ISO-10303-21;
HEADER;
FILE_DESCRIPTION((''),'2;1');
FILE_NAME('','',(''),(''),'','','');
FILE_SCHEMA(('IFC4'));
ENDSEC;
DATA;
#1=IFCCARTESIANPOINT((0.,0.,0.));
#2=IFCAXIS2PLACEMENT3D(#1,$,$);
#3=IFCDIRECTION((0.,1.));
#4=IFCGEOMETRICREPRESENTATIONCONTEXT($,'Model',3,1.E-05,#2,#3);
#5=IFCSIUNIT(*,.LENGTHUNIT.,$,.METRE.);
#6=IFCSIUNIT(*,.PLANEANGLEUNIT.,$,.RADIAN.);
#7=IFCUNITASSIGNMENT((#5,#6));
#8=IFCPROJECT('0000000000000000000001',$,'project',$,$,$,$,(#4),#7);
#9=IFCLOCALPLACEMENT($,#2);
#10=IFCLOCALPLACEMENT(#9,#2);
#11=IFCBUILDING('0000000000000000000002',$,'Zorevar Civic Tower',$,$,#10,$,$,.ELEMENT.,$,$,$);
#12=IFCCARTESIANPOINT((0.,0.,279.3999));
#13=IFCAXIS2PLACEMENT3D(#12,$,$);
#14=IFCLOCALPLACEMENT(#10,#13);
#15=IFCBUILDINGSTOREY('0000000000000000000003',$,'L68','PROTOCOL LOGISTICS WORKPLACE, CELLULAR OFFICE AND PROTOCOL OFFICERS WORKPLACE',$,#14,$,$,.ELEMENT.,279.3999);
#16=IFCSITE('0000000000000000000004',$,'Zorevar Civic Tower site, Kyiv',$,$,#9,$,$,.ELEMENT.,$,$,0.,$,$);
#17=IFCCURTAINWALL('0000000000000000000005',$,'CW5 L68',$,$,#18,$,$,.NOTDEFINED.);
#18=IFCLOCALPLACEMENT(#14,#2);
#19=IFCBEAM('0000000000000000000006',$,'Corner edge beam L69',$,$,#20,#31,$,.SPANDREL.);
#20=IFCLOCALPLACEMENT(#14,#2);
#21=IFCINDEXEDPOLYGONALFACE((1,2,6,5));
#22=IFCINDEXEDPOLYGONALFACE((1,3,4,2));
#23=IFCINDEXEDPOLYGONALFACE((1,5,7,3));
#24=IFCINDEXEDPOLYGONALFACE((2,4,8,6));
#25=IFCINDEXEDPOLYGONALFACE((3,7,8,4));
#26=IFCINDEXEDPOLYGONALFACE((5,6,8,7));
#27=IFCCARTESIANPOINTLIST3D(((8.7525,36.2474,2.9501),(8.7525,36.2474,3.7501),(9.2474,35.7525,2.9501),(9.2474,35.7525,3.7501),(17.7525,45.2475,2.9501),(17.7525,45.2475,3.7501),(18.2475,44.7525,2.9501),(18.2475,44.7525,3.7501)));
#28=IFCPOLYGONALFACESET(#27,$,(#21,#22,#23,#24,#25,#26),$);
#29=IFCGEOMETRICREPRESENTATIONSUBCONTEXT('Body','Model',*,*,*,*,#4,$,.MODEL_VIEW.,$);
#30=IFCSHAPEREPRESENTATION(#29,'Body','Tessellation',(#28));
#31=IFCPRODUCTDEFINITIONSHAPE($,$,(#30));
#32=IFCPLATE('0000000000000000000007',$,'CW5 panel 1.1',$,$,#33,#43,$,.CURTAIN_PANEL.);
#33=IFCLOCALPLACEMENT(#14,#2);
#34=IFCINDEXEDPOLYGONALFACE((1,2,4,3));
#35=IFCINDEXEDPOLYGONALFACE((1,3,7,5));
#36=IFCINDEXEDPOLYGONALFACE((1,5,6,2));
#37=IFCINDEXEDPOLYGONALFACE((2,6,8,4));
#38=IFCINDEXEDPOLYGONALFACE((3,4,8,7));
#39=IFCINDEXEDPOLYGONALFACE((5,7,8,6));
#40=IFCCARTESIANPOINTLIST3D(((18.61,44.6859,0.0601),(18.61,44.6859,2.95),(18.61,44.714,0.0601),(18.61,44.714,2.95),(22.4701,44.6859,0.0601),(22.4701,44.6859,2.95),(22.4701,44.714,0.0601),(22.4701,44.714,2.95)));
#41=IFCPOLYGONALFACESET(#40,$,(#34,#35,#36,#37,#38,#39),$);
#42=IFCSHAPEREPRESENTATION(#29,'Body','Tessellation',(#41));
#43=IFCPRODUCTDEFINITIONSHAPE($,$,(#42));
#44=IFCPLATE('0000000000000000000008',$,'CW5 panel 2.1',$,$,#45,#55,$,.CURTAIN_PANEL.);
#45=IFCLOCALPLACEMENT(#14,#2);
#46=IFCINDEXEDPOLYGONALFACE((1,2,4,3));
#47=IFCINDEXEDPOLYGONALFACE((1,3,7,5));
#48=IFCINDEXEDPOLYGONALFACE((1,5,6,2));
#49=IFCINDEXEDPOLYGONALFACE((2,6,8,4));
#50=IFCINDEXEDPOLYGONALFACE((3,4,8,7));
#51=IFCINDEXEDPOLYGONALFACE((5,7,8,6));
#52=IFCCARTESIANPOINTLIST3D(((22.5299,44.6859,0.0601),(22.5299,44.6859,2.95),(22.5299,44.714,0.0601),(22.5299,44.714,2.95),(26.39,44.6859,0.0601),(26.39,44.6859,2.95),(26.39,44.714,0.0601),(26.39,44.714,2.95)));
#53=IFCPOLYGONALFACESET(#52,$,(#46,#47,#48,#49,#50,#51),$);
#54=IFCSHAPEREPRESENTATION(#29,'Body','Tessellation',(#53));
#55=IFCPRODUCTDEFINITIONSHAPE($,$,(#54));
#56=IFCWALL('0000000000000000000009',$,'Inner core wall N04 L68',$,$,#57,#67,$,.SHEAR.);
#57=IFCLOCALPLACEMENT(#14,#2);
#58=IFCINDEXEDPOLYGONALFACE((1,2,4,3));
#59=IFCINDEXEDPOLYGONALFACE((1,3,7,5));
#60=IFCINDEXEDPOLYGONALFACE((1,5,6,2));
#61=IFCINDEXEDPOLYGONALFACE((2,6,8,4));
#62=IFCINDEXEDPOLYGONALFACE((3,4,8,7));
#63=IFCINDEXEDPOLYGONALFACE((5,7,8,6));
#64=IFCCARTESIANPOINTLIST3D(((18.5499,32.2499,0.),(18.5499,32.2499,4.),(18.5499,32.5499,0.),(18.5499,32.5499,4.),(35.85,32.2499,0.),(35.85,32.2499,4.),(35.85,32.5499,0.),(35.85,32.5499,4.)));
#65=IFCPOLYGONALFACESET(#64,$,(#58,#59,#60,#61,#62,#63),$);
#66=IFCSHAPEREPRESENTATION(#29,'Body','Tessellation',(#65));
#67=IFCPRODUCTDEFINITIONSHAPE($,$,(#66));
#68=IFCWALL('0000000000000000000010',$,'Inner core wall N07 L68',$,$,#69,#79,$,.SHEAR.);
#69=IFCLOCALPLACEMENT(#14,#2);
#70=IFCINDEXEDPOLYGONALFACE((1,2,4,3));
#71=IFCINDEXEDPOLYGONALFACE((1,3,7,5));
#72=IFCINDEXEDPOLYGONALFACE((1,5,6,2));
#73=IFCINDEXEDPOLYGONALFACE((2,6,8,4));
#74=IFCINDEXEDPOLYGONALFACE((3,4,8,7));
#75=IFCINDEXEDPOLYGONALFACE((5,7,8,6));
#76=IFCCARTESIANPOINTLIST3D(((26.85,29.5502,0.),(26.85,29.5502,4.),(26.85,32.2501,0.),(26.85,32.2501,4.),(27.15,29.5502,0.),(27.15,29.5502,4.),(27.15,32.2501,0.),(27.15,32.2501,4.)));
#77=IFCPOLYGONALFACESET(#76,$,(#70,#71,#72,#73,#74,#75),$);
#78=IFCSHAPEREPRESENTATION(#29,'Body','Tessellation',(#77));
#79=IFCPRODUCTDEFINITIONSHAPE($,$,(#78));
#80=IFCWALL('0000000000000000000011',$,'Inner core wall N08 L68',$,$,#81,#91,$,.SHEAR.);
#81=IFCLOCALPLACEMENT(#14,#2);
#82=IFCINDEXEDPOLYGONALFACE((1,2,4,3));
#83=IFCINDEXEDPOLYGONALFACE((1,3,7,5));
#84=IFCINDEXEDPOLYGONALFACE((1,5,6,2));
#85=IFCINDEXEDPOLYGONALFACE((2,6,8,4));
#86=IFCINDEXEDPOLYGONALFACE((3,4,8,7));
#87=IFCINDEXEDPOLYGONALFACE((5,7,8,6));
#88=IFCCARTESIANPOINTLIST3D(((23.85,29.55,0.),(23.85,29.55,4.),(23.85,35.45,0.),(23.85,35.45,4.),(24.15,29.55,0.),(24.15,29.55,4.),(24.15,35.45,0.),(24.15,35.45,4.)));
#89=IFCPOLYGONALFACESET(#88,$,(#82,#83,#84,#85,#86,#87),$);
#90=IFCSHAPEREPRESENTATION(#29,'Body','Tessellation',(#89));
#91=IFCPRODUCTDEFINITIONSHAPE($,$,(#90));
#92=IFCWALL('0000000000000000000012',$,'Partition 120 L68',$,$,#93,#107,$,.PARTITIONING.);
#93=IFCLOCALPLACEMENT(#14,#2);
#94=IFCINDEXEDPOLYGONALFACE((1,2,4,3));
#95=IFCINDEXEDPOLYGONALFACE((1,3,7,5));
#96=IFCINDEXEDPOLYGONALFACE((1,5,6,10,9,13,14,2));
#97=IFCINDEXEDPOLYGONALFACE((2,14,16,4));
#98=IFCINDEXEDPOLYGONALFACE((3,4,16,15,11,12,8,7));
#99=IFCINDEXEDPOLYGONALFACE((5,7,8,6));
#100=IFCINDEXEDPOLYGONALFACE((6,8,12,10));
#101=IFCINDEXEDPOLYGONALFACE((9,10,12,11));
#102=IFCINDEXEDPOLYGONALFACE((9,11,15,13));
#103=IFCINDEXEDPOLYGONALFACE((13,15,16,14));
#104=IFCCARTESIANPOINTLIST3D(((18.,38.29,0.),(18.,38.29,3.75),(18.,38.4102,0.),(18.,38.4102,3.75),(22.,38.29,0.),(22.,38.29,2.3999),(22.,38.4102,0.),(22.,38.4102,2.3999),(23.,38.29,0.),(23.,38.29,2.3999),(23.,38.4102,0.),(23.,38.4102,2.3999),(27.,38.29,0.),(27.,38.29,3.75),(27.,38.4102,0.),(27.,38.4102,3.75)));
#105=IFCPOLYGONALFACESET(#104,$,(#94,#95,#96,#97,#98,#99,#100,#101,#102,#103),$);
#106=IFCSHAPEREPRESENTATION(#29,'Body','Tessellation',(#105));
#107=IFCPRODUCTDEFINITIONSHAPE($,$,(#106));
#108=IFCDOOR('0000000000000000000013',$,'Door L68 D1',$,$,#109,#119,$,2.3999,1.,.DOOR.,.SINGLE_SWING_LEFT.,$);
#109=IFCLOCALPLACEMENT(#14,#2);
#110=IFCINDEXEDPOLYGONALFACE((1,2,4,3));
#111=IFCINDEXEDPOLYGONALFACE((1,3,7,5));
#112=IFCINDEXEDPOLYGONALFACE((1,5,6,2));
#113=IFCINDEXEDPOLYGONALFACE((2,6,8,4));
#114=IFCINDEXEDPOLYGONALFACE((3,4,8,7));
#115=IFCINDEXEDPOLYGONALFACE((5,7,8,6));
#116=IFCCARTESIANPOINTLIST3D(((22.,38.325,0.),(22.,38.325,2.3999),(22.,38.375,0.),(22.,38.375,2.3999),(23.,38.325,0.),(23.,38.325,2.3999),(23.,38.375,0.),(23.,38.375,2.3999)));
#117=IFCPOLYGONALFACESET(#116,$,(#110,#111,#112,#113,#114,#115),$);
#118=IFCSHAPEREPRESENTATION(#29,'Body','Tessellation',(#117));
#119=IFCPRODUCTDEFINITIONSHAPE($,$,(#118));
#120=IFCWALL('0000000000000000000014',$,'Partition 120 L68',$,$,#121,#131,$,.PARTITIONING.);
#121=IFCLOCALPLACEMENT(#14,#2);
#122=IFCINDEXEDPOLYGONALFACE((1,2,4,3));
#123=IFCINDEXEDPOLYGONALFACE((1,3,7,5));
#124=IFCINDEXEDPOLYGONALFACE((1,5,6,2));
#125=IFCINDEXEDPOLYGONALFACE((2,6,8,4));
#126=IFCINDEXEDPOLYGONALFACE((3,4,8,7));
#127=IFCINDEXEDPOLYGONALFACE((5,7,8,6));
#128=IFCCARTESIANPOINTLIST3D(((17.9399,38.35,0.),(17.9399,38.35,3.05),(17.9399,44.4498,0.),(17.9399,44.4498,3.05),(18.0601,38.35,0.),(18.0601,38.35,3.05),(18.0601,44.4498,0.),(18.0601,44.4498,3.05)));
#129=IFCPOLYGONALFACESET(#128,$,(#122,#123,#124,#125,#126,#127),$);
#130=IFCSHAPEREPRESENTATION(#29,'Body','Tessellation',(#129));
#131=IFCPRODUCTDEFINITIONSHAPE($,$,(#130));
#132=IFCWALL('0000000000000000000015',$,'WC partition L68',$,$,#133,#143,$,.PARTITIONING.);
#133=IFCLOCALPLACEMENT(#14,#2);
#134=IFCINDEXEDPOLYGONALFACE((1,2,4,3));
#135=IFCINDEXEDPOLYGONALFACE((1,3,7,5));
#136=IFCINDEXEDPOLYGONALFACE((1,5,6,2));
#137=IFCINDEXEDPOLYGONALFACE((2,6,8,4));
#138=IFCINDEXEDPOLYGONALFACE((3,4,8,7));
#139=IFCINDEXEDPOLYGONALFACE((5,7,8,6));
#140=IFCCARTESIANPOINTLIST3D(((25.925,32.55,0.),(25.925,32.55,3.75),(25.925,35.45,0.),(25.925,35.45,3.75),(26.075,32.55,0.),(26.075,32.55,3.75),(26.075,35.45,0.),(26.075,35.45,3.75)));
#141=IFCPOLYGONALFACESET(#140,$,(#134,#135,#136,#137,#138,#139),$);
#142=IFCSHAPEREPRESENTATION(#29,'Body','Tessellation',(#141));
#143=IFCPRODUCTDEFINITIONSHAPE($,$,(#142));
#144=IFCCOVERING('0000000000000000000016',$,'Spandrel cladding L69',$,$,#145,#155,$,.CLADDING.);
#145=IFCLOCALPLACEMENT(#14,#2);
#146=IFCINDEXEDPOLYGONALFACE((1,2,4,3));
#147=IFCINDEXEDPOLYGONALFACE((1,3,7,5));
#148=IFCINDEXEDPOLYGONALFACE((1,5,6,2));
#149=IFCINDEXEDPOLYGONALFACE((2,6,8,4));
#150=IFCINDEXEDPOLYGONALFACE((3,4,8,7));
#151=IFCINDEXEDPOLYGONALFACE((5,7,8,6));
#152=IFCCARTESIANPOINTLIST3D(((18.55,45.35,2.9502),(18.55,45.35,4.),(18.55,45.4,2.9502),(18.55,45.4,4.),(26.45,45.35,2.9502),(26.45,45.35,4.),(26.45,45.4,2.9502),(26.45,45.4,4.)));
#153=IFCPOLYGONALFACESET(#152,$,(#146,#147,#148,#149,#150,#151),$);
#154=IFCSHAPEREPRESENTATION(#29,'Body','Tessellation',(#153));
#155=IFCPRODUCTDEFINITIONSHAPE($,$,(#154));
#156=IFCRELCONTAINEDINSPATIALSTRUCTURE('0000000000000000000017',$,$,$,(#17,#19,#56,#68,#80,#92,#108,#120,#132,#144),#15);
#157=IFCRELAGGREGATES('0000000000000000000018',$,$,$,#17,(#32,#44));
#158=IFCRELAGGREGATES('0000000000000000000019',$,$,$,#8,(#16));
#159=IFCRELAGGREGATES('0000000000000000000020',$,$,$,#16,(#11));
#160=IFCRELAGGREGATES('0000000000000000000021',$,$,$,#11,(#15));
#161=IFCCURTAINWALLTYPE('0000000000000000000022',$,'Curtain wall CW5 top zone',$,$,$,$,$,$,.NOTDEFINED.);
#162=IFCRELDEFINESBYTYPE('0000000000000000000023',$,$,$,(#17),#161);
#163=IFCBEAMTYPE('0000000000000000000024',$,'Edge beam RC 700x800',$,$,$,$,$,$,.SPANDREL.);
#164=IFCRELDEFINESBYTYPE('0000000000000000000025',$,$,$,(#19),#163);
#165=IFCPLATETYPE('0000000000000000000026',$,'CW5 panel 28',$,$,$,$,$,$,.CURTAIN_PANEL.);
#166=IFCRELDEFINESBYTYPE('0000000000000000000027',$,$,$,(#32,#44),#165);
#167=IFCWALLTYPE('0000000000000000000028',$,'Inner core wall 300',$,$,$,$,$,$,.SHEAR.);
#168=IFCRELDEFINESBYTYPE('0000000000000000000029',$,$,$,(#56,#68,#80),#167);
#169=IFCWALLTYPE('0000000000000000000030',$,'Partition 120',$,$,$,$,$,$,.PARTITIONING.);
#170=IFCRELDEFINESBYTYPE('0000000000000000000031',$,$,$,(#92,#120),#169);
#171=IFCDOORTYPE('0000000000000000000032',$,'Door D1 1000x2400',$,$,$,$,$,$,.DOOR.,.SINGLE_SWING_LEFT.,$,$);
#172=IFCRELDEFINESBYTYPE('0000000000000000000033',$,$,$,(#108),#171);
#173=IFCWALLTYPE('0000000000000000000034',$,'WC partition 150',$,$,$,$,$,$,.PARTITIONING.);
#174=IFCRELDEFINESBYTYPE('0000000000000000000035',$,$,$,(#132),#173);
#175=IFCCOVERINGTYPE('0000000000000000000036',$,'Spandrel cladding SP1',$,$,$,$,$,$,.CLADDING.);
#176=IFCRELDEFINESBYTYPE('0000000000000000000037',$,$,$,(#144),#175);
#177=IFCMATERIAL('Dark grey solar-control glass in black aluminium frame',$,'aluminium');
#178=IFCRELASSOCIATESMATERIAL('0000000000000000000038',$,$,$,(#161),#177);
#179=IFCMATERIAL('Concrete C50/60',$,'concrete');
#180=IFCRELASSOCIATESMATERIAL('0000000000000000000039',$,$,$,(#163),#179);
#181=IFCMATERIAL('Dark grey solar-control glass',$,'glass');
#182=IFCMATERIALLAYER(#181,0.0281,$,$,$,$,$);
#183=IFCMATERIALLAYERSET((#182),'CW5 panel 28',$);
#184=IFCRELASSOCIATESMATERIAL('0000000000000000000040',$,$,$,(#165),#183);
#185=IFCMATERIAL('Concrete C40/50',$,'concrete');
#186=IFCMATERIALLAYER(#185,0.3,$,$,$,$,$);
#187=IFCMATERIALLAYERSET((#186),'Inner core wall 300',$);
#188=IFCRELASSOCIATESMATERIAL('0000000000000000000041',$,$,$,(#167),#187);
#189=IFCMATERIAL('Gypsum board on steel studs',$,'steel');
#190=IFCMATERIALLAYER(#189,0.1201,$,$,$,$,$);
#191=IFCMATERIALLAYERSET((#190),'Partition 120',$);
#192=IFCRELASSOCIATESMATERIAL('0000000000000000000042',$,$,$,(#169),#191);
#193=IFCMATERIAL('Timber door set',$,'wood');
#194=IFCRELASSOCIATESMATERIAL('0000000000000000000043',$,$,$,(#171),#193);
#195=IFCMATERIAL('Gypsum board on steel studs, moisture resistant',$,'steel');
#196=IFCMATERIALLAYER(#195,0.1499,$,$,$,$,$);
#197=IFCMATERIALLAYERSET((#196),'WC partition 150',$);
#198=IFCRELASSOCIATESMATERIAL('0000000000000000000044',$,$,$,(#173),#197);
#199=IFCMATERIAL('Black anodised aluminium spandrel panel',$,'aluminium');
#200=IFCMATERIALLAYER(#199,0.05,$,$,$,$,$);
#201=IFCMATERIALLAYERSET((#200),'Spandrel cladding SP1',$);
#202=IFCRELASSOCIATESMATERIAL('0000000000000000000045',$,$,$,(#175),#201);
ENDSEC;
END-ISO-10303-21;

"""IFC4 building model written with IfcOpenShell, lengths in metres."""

from ifc_helpers import new_model, si_unit, direction, frame, frame_2d, origin, origin_2d, place, context, subcontext, project, spatial, rectangle, extrude, material, layer, layer_set, material_profile, profile_set, type_object, element, fill, aggregate, save


model = new_model("IFC4")

# Units and contexts
model_context = context("Model", 3, precision=1e-05, world=origin(), true_north=direction((0.0, 1.0)))
body_context = subcontext(model_context, "Body", "Model", "MODEL_VIEW")
ifc_project = project(units=[si_unit("LENGTHUNIT", "METRE"), si_unit("PLANEANGLEUNIT", "RADIAN")], contexts=[model_context])

# Site, building, storey
site_placement = place(None, origin())
site = spatial("IfcSite", under=ifc_project, at=site_placement, Name="Zorevar Civic Tower site, Kyiv", CompositionType="ELEMENT", RefElevation=0.0)
building_placement = place(site_placement, origin())
building = spatial("IfcBuilding", under=site, at=building_placement, Name="Zorevar Civic Tower", CompositionType="ELEMENT")
storey_placement = place(building_placement, frame((0.0, 0.0, 279.3999)))
storey = spatial("IfcBuildingStorey", under=building, at=storey_placement, Name="L68", Description="PROTOCOL LOGISTICS WORKPLACE, CELLULAR OFFICE AND PROTOCOL OFFICERS WORKPLACE", CompositionType="ELEMENT", Elevation=279.3999)

# Curtain wall
ifc_material_1 = material(Name="Dark grey solar-control glass in black aluminium frame", Category="aluminium")
curtain_wall_type = type_object("IfcCurtainWallType", Name="Curtain wall CW5 top zone", PredefinedType="NOTDEFINED", material=ifc_material_1)
curtain_wall_placement = place(storey_placement, origin())
curtain_wall = element("IfcCurtainWall", 1, at=curtain_wall_placement, inside=storey, type_object=curtain_wall_type, Name="CW5 L68", PredefinedType="NOTDEFINED")

# Beam
ifc_material_2 = material(Name="Concrete C50/60", Category="concrete")
ifc_material_profile_1 = material_profile(ifc_material_2, rectangle(XDim=0.7, YDim=0.8, at=origin_2d()), Name="RC 700x800")
ifc_profile_set_1 = profile_set([ifc_material_profile_1], Name="Concrete C50/60")
beam_type_1 = type_object("IfcBeamType", Name="Edge beam RC 700x800", PredefinedType="SPANDREL", material=ifc_profile_set_1)
beam_1_placement = place(storey_placement, frame((18.0, 45.0, 3.3501), z_axis=(-0.707107, -0.707107, 0.0), x_axis=(0.707107, -0.707107, 0.0)))
element("IfcBeam", 2, at=beam_1_placement, inside=storey, type_object=beam_type_1, Name="Corner edge beam L69", PredefinedType="SPANDREL", context=body_context, shape_type="SweptSolid", body=[
    extrude(rectangle(XDim=0.7, YDim=0.8, at=origin_2d()), origin(), (0.0, 0.0, 1.0), 12.728),
])

# Plates
ifc_material_3 = material(Name="Dark grey solar-control glass", Category="glass")
ifc_layer_1 = layer(ifc_material_3, 0.0281)
ifc_layer_set_1 = layer_set([ifc_layer_1], Name="CW5 panel 28")
plate_type = type_object("IfcPlateType", Name="CW5 panel 28", PredefinedType="CURTAIN_PANEL", material=ifc_layer_set_1)
plate_1_placement = place(storey_placement, frame((20.54, 44.7, 0.0601), z_axis=(0.0, 0.0, 1.0), x_axis=(1.0, 0.0, 0.0)))
plate_1 = element("IfcPlate", 3, at=plate_1_placement, type_object=plate_type, Name="CW5 panel 1.1", PredefinedType="CURTAIN_PANEL", context=body_context, shape_type="SweptSolid", body=[
    extrude(rectangle(XDim=3.8601, YDim=0.0281, at=origin_2d()), origin(), (0.0, 0.0, 1.0), 2.8899),
])
plate_2_placement = place(storey_placement, frame((24.46, 44.7, 0.0601), z_axis=(0.0, 0.0, 1.0), x_axis=(1.0, 0.0, 0.0)))
plate_2 = element("IfcPlate", 4, at=plate_2_placement, type_object=plate_type, Name="CW5 panel 2.1", PredefinedType="CURTAIN_PANEL", context=body_context, shape_type="SweptSolid", body=[
    extrude(rectangle(XDim=3.8601, YDim=0.0281, at=origin_2d()), origin(), (0.0, 0.0, 1.0), 2.8899),
])
aggregate(curtain_wall, [plate_1, plate_2])

# Walls
ifc_material_4 = material(Name="Concrete C40/50", Category="concrete")
ifc_layer_2 = layer(ifc_material_4, 0.3)
ifc_layer_set_2 = layer_set([ifc_layer_2], Name="Inner core wall 300")
wall_type_1 = type_object("IfcWallType", Name="Inner core wall 300", PredefinedType="SHEAR", material=ifc_layer_set_2)
wall_1_placement = place(storey_placement, frame((18.55, 32.3999, 0.0), z_axis=(0.0, 0.0, 1.0), x_axis=(1.0, 0.0, 0.0)))
element("IfcWall", 5, at=wall_1_placement, inside=storey, type_object=wall_type_1, Name="Inner core wall N04 L68", PredefinedType="SHEAR", context=body_context, shape_type="SweptSolid", body=[
    extrude(rectangle(XDim=17.3, YDim=0.3, at=frame_2d((8.6499, 0.0))), origin(), (0.0, 0.0, 1.0), 4.0),
])
wall_2_placement = place(storey_placement, frame((27.0, 29.55, 0.0), z_axis=(0.0, 0.0, 1.0), x_axis=(0.0, 1.0, 0.0)))
element("IfcWall", 6, at=wall_2_placement, inside=storey, type_object=wall_type_1, Name="Inner core wall N07 L68", PredefinedType="SHEAR", context=body_context, shape_type="SweptSolid", body=[
    extrude(rectangle(XDim=2.7, YDim=0.3, at=frame_2d((1.3501, 0.0))), origin(), (0.0, 0.0, 1.0), 4.0),
])
wall_3_placement = place(storey_placement, frame((24.0, 29.55, 0.0), z_axis=(0.0, 0.0, 1.0), x_axis=(0.0, 1.0, 0.0)))
element("IfcWall", 7, at=wall_3_placement, inside=storey, type_object=wall_type_1, Name="Inner core wall N08 L68", PredefinedType="SHEAR", context=body_context, shape_type="SweptSolid", body=[
    extrude(rectangle(XDim=5.8999, YDim=0.3, at=frame_2d((2.95, 0.0))), origin(), (0.0, 0.0, 1.0), 4.0),
])

# Wall, opening, door
ifc_material_5 = material(Name="Gypsum board on steel studs", Category="steel")
ifc_layer_3 = layer(ifc_material_5, 0.1201)
ifc_layer_set_3 = layer_set([ifc_layer_3], Name="Partition 120")
wall_type_2 = type_object("IfcWallType", Name="Partition 120", PredefinedType="PARTITIONING", material=ifc_layer_set_3)
wall_4_placement = place(storey_placement, frame((18.0, 38.3501, 0.0), z_axis=(0.0, 0.0, 1.0), x_axis=(1.0, 0.0, 0.0)))
wall_4 = element("IfcWall", 8, at=wall_4_placement, inside=storey, type_object=wall_type_2, Name="Partition 120 L68", PredefinedType="PARTITIONING", context=body_context, shape_type="SweptSolid", body=[
    extrude(rectangle(XDim=9.0, YDim=0.1201, at=frame_2d((4.5, 0.0))), origin(), (0.0, 0.0, 1.0), 3.75),
])
opening_1_placement = place(wall_4_placement, frame((4.0, 0.0, 0.0)))
opening_1 = element("IfcOpeningElement", 9, at=opening_1_placement, cuts=wall_4, PredefinedType="OPENING", context=body_context, shape_type="SweptSolid", body=[
    extrude(rectangle(XDim=1.0, YDim=2.3999, at=frame_2d((0.5, 1.2))), frame((0.0, 0.0701, 0.0), z_axis=(0.0, -1.0, 0.0), x_axis=(1.0, 0.0, 0.0)), (0.0, 0.0, 1.0), 0.1401),
])
ifc_material_6 = material(Name="Timber door set", Category="wood")
door_type_1 = type_object("IfcDoorType", Name="Door D1 1000x2400", OperationType="SINGLE_SWING_LEFT", PredefinedType="DOOR", material=ifc_material_6)
door_1_placement = place(opening_1_placement, origin())
door_1 = element("IfcDoor", 10, at=door_1_placement, inside=storey, type_object=door_type_1, Name="Door L68 D1", OperationType="SINGLE_SWING_LEFT", OverallHeight=2.3999, OverallWidth=1.0, PredefinedType="DOOR", context=body_context, shape_type="SweptSolid", body=[
    extrude(rectangle(XDim=1.0, YDim=2.3999, at=frame_2d((0.5, 1.2))), frame((0.0, 0.0249, 0.0), z_axis=(0.0, -1.0, 0.0), x_axis=(1.0, 0.0, 0.0)), (0.0, 0.0, 1.0), 0.05),
])
fill(opening_1, door_1)

# Wall
wall_5_placement = place(storey_placement, frame((18.0, 38.3501, 0.0), z_axis=(0.0, 0.0, 1.0), x_axis=(0.0, 1.0, 0.0)))
element("IfcWall", 11, at=wall_5_placement, inside=storey, type_object=wall_type_2, Name="Partition 120 L68", PredefinedType="PARTITIONING", context=body_context, shape_type="SweptSolid", body=[
    extrude(rectangle(XDim=6.0999, YDim=0.1201, at=frame_2d((3.0498, 0.0))), origin(), (0.0, 0.0, 1.0), 3.05),
])

# Wall
ifc_material_7 = material(Name="Gypsum board on steel studs, moisture resistant", Category="steel")
ifc_layer_4 = layer(ifc_material_7, 0.1499)
ifc_layer_set_4 = layer_set([ifc_layer_4], Name="WC partition 150")
wall_type_3 = type_object("IfcWallType", Name="WC partition 150", PredefinedType="PARTITIONING", material=ifc_layer_set_4)
wall_6_placement = place(storey_placement, frame((26.0, 32.55, 0.0), z_axis=(0.0, 0.0, 1.0), x_axis=(0.0, 1.0, 0.0)))
element("IfcWall", 12, at=wall_6_placement, inside=storey, type_object=wall_type_3, Name="WC partition L68", PredefinedType="PARTITIONING", context=body_context, shape_type="SweptSolid", body=[
    extrude(rectangle(XDim=2.8999, YDim=0.1499, at=frame_2d((1.45, 0.0))), origin(), (0.0, 0.0, 1.0), 3.75),
])

# Covering
ifc_material_8 = material(Name="Black anodised aluminium spandrel panel", Category="aluminium")
ifc_layer_5 = layer(ifc_material_8, 0.05)
ifc_layer_set_5 = layer_set([ifc_layer_5], Name="Spandrel cladding SP1")
covering_type = type_object("IfcCoveringType", Name="Spandrel cladding SP1", PredefinedType="CLADDING", material=ifc_layer_set_5)
covering_placement = place(storey_placement, frame((18.55, 45.375, 2.9502), z_axis=(0.0, 0.0, 1.0), x_axis=(1.0, 0.0, 0.0)))
element("IfcCovering", 13, at=covering_placement, inside=storey, type_object=covering_type, Name="Spandrel cladding L69", PredefinedType="CLADDING", context=body_context, shape_type="SweptSolid", body=[
    extrude(rectangle(XDim=7.8999, YDim=0.05, at=frame_2d((3.95, 0.0))), origin(), (0.0, 0.0, 1.0), 1.0498),
])

save(model, "model.ifc")
